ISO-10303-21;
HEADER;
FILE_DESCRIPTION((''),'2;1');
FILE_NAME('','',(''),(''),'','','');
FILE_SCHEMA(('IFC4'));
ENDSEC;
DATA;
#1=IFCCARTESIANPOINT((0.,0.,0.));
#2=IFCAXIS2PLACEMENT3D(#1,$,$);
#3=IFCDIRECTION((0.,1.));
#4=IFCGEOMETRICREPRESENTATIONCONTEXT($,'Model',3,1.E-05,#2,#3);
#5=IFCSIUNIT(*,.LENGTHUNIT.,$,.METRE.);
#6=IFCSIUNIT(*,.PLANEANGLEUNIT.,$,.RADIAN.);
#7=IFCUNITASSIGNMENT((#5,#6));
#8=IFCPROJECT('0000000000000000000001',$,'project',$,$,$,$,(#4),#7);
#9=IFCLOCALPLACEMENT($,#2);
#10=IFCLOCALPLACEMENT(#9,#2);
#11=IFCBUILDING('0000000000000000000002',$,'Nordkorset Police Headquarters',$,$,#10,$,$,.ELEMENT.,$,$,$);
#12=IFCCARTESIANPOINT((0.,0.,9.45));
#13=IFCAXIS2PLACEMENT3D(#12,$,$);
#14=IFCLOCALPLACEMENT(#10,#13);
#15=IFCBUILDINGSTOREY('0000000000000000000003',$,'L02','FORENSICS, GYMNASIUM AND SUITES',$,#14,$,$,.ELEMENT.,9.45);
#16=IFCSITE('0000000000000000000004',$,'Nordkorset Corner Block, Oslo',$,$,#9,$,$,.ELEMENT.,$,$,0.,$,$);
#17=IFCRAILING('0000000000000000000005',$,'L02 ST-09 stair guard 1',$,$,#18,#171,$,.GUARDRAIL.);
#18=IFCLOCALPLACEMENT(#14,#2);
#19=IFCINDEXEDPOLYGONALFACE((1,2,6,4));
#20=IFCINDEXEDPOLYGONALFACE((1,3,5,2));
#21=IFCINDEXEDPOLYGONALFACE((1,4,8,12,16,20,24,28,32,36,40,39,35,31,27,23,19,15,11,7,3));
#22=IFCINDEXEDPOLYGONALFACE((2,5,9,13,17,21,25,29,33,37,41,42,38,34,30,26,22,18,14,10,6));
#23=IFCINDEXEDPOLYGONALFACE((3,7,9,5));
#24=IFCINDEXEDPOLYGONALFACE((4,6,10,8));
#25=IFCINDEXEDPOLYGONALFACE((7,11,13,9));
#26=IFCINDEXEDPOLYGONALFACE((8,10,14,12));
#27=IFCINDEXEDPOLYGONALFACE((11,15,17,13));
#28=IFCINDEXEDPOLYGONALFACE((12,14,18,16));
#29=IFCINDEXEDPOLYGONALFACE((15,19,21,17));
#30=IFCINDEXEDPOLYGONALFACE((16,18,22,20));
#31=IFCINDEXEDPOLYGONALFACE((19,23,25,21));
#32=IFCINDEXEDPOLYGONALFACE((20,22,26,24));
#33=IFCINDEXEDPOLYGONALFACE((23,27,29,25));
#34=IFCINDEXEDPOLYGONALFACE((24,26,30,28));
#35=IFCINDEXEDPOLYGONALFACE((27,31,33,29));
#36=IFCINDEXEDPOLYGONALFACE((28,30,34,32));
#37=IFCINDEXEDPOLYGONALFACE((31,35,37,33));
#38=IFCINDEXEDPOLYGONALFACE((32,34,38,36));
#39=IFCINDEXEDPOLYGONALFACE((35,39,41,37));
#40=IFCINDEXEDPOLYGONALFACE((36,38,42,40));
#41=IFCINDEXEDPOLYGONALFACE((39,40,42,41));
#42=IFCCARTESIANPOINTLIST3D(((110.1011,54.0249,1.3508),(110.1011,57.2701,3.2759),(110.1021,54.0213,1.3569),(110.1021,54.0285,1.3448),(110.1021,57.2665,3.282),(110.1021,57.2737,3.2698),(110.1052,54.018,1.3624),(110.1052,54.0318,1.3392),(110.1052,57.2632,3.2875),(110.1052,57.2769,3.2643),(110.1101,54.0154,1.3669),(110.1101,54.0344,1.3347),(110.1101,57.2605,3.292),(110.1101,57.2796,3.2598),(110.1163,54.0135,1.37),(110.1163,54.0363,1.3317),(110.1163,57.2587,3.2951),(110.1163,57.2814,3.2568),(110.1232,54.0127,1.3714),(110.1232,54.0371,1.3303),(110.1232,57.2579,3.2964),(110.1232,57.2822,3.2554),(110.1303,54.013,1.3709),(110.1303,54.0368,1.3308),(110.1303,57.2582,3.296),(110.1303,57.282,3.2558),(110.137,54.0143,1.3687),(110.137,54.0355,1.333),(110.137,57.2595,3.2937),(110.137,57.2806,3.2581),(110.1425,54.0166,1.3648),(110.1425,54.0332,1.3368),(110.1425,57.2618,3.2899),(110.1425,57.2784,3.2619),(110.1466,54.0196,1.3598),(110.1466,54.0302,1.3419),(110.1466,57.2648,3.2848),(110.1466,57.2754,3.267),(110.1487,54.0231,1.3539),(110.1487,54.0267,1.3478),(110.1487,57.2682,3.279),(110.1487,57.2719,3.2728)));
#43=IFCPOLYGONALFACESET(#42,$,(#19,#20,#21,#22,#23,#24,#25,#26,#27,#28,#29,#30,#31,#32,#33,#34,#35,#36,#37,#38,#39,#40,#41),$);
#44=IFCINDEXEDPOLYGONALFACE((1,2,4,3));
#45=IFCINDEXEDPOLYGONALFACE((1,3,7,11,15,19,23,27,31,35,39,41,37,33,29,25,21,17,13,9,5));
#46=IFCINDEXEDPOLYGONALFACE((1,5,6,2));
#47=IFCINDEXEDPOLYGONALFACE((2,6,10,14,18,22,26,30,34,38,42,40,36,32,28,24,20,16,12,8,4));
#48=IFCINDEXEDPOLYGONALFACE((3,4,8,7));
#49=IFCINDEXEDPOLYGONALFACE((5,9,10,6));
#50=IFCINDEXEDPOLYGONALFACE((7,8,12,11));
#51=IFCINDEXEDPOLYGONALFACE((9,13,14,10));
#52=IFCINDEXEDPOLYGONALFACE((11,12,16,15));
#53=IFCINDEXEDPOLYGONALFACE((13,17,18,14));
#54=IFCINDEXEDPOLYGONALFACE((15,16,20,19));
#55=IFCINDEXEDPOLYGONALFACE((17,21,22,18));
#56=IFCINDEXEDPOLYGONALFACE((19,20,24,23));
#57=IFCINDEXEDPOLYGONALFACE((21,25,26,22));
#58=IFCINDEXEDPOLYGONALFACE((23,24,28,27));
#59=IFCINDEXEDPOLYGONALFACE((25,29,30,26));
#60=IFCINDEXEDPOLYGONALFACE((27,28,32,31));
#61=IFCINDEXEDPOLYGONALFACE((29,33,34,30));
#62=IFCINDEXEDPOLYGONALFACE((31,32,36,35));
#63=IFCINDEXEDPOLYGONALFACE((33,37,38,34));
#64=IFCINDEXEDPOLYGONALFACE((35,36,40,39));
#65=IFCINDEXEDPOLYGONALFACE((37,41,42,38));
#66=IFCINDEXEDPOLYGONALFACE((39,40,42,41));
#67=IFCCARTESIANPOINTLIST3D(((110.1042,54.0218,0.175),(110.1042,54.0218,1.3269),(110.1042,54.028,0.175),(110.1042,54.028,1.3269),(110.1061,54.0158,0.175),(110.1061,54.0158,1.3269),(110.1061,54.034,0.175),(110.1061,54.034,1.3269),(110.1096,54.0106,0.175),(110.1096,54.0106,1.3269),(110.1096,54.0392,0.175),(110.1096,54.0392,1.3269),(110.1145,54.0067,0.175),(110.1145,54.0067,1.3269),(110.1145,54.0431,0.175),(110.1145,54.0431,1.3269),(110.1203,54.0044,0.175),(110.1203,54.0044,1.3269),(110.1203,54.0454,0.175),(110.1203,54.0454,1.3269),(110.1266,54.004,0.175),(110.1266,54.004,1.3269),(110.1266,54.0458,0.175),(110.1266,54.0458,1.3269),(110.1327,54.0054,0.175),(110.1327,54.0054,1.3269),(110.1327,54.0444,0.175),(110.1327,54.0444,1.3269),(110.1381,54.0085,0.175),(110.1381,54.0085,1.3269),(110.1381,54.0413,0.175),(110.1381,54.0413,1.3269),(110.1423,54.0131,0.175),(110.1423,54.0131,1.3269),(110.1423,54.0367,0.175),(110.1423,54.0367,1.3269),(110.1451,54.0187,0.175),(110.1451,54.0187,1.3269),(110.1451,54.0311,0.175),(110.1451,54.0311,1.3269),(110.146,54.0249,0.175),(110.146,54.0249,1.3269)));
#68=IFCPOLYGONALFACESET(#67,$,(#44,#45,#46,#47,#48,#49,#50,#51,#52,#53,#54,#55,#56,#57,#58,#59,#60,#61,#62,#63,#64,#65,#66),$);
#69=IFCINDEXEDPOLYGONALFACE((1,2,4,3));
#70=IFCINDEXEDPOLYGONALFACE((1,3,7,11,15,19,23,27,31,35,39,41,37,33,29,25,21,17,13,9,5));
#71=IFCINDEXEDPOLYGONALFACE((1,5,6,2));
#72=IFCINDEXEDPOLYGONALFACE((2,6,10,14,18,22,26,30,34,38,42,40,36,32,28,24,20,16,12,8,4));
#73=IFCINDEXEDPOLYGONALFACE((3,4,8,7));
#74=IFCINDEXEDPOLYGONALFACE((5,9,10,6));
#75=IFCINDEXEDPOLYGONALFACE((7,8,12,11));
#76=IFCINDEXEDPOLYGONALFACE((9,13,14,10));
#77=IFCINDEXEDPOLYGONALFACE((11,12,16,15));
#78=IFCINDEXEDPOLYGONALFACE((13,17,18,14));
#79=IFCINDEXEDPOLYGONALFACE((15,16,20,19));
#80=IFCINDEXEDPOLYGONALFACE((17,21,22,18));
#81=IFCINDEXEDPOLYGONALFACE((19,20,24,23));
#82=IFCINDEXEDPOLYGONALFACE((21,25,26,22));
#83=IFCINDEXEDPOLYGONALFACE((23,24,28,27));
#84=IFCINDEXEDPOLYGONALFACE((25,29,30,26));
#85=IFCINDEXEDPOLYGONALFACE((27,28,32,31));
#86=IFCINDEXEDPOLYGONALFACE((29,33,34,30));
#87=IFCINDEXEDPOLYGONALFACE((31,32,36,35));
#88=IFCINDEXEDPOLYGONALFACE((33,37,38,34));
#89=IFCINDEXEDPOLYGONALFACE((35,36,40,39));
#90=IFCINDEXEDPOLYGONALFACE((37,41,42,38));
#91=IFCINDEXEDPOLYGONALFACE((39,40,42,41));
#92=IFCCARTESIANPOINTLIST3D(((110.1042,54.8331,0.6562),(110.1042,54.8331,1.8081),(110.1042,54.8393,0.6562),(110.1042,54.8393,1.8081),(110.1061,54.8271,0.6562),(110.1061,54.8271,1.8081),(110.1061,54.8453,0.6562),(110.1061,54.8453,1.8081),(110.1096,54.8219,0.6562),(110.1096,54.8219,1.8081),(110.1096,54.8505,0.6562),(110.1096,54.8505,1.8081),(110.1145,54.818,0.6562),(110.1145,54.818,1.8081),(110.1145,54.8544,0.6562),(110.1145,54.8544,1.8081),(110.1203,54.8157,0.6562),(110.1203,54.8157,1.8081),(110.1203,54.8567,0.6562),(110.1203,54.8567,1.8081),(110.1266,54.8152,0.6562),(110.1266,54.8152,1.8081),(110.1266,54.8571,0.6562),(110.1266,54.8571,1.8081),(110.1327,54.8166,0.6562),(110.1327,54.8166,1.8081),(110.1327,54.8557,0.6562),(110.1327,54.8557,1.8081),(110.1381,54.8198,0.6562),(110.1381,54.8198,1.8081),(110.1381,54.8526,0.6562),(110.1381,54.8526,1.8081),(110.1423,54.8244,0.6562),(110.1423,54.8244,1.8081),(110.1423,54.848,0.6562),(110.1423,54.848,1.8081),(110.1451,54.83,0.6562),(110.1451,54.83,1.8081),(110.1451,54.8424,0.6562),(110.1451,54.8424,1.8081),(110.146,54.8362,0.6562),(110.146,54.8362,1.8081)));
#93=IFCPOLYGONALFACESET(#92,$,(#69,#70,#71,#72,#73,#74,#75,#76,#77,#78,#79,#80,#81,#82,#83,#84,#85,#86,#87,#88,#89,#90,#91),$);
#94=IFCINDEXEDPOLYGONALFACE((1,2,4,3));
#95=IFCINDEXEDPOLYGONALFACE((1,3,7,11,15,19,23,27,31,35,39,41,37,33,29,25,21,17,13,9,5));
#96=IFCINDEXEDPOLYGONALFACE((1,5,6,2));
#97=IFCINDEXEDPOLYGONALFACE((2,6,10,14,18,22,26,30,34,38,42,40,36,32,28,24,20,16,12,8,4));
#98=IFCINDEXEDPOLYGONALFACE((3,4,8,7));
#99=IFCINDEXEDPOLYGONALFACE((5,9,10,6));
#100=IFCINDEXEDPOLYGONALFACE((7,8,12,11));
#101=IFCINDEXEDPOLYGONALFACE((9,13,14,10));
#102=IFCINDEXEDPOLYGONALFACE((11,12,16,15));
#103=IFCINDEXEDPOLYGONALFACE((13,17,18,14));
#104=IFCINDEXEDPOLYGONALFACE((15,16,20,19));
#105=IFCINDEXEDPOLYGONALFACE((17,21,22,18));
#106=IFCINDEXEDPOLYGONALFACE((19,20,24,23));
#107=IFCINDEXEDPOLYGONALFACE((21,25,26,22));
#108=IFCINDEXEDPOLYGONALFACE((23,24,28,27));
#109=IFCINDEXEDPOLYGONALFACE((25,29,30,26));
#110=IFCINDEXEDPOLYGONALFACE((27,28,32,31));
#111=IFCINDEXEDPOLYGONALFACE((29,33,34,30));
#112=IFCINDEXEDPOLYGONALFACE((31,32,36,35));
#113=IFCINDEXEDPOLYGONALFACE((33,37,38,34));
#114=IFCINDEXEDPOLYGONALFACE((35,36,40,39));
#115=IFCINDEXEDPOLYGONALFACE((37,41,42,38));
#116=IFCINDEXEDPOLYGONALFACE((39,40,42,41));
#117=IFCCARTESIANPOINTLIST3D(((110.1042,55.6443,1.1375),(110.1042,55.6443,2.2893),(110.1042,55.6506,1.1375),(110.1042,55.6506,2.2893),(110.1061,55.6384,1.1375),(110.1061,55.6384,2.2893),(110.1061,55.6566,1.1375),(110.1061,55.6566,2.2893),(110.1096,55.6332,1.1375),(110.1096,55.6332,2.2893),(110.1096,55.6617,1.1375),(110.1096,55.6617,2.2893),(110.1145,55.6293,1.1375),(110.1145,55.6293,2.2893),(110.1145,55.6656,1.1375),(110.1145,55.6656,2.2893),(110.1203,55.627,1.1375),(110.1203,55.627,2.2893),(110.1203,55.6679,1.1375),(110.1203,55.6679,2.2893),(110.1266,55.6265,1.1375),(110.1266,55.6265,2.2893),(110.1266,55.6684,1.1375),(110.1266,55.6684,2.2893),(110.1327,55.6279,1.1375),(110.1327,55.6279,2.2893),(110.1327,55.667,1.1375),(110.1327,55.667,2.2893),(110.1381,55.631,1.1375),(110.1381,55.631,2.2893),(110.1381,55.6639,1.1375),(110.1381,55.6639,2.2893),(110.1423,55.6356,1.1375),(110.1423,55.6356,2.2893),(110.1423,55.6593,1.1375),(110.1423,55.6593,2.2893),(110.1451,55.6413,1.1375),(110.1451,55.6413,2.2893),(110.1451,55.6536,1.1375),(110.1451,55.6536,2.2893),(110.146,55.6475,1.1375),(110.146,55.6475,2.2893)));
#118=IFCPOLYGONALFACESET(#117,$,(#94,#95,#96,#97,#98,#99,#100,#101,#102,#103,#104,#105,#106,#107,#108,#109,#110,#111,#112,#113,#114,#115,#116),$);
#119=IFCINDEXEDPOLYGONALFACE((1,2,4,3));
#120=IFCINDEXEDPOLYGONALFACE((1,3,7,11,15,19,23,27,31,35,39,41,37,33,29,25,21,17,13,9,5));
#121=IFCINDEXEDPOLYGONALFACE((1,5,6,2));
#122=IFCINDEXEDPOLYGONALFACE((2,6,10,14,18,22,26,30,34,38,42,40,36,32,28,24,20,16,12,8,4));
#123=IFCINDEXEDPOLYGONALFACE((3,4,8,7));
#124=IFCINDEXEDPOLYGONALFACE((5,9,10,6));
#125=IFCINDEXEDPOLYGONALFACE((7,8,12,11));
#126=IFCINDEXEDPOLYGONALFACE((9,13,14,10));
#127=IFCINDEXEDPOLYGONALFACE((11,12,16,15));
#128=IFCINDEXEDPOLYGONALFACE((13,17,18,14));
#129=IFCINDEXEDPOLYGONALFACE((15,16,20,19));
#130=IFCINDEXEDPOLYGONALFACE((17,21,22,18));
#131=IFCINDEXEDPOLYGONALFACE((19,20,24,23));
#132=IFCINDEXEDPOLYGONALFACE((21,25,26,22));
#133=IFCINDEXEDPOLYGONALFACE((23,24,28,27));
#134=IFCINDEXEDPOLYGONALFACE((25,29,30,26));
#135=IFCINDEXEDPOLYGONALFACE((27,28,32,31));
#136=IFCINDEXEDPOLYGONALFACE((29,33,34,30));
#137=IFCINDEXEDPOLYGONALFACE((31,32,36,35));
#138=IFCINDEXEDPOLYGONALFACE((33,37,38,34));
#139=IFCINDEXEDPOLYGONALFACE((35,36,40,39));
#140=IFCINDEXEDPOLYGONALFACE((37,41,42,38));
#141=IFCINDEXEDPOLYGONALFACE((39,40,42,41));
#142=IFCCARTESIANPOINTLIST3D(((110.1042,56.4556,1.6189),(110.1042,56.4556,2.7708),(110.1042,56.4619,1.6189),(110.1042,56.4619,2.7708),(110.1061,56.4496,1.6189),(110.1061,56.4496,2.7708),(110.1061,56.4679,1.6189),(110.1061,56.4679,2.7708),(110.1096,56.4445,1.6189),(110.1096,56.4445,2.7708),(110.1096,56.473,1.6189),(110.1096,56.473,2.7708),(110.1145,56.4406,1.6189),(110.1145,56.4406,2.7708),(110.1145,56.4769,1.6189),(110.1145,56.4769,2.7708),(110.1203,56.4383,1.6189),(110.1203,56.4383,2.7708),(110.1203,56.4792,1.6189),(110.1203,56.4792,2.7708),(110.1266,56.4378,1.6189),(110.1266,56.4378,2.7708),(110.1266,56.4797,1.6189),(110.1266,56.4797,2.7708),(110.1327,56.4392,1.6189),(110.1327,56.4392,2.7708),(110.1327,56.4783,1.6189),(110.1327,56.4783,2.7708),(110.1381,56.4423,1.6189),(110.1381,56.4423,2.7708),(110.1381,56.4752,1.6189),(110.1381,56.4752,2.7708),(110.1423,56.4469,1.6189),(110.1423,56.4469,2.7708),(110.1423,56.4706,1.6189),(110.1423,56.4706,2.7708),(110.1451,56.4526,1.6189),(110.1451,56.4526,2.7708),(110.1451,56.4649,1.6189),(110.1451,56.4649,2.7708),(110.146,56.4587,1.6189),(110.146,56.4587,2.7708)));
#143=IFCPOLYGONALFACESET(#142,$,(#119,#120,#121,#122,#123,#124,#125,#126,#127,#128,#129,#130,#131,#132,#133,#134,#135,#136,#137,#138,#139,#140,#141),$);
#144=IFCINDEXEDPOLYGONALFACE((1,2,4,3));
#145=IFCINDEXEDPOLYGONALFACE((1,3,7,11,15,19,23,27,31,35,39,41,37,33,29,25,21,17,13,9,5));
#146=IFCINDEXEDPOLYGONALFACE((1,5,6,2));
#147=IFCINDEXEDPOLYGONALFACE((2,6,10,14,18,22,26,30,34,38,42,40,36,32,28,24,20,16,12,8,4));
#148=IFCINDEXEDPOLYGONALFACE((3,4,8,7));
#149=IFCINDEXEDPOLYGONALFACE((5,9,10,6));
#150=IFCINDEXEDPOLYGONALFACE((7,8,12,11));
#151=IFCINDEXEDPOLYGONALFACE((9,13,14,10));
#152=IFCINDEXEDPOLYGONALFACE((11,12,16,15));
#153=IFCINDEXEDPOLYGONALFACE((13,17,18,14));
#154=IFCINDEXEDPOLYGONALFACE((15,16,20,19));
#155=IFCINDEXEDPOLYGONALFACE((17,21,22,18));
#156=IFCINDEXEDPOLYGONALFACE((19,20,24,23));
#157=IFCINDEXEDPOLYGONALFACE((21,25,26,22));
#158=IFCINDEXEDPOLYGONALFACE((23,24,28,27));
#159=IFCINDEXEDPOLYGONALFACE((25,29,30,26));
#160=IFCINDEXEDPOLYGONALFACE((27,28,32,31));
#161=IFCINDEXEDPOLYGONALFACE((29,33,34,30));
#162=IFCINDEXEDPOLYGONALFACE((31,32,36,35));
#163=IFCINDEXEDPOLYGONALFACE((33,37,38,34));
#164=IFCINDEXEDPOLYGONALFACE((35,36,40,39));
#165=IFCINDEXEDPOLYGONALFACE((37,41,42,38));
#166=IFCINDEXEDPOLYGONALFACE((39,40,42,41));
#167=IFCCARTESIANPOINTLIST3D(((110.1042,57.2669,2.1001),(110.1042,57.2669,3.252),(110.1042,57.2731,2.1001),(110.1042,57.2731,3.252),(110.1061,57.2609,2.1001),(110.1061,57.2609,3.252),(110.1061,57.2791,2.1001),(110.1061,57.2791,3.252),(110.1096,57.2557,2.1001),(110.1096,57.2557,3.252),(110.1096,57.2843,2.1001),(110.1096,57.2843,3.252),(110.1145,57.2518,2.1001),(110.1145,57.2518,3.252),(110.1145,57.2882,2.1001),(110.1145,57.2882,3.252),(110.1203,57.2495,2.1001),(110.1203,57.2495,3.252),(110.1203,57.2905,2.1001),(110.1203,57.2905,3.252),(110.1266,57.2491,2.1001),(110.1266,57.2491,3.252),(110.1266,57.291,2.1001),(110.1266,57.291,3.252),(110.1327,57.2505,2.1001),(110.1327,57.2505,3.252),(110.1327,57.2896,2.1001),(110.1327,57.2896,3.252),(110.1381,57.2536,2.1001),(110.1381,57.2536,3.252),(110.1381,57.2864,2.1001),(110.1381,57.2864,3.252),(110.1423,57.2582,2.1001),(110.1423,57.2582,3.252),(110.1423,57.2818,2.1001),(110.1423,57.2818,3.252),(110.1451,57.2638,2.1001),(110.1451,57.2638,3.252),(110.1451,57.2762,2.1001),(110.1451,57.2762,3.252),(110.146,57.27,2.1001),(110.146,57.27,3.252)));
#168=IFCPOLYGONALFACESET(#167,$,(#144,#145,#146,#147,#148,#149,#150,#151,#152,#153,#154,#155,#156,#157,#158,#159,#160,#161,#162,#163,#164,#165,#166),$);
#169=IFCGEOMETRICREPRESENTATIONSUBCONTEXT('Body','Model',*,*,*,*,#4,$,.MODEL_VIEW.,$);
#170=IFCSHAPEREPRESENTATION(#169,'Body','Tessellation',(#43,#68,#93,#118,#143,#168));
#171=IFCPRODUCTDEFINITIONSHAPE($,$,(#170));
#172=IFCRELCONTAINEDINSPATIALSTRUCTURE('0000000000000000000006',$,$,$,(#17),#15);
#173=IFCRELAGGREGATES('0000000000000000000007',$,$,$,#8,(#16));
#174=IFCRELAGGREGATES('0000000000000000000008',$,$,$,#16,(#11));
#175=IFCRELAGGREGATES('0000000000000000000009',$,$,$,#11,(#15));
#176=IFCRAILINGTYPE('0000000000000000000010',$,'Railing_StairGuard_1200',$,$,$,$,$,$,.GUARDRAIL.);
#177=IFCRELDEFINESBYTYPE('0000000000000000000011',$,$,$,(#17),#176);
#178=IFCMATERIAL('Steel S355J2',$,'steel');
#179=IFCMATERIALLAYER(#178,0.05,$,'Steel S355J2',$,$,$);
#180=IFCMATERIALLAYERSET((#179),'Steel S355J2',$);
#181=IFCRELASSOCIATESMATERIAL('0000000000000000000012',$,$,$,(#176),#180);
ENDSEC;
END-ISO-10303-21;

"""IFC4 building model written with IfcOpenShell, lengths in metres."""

from ifc_helpers import new_model, si_unit, direction, frame, origin, origin_2d, place, context, subcontext, project, spatial, circle, extrude, material, layer, layer_set, type_object, element, save


model = new_model("IFC4")

# Units and contexts
model_context = context("Model", 3, precision=1e-05, world=origin(), true_north=direction((0.0, 1.0)))
body_context = subcontext(model_context, "Body", "Model", "MODEL_VIEW")
ifc_project = project(units=[si_unit("LENGTHUNIT", "METRE"), si_unit("PLANEANGLEUNIT", "RADIAN")], contexts=[model_context])

# Site, building, storey
site_placement = place(None, origin())
site = spatial("IfcSite", under=ifc_project, at=site_placement, Name="Nordkorset Corner Block, Oslo", CompositionType="ELEMENT", RefElevation=0.0)
building_placement = place(site_placement, origin())
building = spatial("IfcBuilding", under=site, at=building_placement, Name="Nordkorset Police Headquarters", CompositionType="ELEMENT")
storey_placement = place(building_placement, frame((0.0, 0.0, 9.45)))
storey = spatial("IfcBuildingStorey", under=building, at=storey_placement, Name="L02", Description="FORENSICS, GYMNASIUM AND SUITES", CompositionType="ELEMENT", Elevation=9.45)

# Railing
ifc_material_1 = material(Name="Steel S355J2", Category="steel")
ifc_layer_1 = layer(ifc_material_1, 0.05, Name="Steel S355J2")
ifc_layer_set_1 = layer_set([ifc_layer_1], Name="Steel S355J2")
railing_type_1 = type_object("IfcRailingType", Name="Railing_StairGuard_1200", PredefinedType="GUARDRAIL", material=ifc_layer_set_1)
railing_1_placement = place(storey_placement, frame((110.125, 54.0249, 0.175)))
element("IfcRailing", 1, at=railing_1_placement, inside=storey, type_object=railing_type_1, Name="L02 ST-09 stair guard 1", PredefinedType="GUARDRAIL", context=body_context, shape_type="SweptSolid", body=[
    extrude(circle(Radius=0.0239, at=origin_2d()), frame((0.0, 0.0, 1.1758), z_axis=(0.0, 0.860057, 0.510198), x_axis=(-1.0, 0.0, 0.0)), (0.0, 0.0, 1.0), 3.7732),
    extrude(circle(Radius=0.021, at=origin_2d()), origin(), (0.0, 0.0, 1.0), 1.1519),
    extrude(circle(Radius=0.021, at=origin_2d()), frame((0.0, 0.8113, 0.4812)), (0.0, 0.0, 1.0), 1.1519),
    extrude(circle(Radius=0.021, at=origin_2d()), frame((0.0, 1.6226, 0.9624)), (0.0, 0.0, 1.0), 1.1519),
    extrude(circle(Radius=0.021, at=origin_2d()), frame((0.0, 2.4338, 1.4438)), (0.0, 0.0, 1.0), 1.1519),
    extrude(circle(Radius=0.021, at=origin_2d()), frame((0.0, 3.2451, 1.925)), (0.0, 0.0, 1.0), 1.1519),
])

save(model, "model.ifc")
